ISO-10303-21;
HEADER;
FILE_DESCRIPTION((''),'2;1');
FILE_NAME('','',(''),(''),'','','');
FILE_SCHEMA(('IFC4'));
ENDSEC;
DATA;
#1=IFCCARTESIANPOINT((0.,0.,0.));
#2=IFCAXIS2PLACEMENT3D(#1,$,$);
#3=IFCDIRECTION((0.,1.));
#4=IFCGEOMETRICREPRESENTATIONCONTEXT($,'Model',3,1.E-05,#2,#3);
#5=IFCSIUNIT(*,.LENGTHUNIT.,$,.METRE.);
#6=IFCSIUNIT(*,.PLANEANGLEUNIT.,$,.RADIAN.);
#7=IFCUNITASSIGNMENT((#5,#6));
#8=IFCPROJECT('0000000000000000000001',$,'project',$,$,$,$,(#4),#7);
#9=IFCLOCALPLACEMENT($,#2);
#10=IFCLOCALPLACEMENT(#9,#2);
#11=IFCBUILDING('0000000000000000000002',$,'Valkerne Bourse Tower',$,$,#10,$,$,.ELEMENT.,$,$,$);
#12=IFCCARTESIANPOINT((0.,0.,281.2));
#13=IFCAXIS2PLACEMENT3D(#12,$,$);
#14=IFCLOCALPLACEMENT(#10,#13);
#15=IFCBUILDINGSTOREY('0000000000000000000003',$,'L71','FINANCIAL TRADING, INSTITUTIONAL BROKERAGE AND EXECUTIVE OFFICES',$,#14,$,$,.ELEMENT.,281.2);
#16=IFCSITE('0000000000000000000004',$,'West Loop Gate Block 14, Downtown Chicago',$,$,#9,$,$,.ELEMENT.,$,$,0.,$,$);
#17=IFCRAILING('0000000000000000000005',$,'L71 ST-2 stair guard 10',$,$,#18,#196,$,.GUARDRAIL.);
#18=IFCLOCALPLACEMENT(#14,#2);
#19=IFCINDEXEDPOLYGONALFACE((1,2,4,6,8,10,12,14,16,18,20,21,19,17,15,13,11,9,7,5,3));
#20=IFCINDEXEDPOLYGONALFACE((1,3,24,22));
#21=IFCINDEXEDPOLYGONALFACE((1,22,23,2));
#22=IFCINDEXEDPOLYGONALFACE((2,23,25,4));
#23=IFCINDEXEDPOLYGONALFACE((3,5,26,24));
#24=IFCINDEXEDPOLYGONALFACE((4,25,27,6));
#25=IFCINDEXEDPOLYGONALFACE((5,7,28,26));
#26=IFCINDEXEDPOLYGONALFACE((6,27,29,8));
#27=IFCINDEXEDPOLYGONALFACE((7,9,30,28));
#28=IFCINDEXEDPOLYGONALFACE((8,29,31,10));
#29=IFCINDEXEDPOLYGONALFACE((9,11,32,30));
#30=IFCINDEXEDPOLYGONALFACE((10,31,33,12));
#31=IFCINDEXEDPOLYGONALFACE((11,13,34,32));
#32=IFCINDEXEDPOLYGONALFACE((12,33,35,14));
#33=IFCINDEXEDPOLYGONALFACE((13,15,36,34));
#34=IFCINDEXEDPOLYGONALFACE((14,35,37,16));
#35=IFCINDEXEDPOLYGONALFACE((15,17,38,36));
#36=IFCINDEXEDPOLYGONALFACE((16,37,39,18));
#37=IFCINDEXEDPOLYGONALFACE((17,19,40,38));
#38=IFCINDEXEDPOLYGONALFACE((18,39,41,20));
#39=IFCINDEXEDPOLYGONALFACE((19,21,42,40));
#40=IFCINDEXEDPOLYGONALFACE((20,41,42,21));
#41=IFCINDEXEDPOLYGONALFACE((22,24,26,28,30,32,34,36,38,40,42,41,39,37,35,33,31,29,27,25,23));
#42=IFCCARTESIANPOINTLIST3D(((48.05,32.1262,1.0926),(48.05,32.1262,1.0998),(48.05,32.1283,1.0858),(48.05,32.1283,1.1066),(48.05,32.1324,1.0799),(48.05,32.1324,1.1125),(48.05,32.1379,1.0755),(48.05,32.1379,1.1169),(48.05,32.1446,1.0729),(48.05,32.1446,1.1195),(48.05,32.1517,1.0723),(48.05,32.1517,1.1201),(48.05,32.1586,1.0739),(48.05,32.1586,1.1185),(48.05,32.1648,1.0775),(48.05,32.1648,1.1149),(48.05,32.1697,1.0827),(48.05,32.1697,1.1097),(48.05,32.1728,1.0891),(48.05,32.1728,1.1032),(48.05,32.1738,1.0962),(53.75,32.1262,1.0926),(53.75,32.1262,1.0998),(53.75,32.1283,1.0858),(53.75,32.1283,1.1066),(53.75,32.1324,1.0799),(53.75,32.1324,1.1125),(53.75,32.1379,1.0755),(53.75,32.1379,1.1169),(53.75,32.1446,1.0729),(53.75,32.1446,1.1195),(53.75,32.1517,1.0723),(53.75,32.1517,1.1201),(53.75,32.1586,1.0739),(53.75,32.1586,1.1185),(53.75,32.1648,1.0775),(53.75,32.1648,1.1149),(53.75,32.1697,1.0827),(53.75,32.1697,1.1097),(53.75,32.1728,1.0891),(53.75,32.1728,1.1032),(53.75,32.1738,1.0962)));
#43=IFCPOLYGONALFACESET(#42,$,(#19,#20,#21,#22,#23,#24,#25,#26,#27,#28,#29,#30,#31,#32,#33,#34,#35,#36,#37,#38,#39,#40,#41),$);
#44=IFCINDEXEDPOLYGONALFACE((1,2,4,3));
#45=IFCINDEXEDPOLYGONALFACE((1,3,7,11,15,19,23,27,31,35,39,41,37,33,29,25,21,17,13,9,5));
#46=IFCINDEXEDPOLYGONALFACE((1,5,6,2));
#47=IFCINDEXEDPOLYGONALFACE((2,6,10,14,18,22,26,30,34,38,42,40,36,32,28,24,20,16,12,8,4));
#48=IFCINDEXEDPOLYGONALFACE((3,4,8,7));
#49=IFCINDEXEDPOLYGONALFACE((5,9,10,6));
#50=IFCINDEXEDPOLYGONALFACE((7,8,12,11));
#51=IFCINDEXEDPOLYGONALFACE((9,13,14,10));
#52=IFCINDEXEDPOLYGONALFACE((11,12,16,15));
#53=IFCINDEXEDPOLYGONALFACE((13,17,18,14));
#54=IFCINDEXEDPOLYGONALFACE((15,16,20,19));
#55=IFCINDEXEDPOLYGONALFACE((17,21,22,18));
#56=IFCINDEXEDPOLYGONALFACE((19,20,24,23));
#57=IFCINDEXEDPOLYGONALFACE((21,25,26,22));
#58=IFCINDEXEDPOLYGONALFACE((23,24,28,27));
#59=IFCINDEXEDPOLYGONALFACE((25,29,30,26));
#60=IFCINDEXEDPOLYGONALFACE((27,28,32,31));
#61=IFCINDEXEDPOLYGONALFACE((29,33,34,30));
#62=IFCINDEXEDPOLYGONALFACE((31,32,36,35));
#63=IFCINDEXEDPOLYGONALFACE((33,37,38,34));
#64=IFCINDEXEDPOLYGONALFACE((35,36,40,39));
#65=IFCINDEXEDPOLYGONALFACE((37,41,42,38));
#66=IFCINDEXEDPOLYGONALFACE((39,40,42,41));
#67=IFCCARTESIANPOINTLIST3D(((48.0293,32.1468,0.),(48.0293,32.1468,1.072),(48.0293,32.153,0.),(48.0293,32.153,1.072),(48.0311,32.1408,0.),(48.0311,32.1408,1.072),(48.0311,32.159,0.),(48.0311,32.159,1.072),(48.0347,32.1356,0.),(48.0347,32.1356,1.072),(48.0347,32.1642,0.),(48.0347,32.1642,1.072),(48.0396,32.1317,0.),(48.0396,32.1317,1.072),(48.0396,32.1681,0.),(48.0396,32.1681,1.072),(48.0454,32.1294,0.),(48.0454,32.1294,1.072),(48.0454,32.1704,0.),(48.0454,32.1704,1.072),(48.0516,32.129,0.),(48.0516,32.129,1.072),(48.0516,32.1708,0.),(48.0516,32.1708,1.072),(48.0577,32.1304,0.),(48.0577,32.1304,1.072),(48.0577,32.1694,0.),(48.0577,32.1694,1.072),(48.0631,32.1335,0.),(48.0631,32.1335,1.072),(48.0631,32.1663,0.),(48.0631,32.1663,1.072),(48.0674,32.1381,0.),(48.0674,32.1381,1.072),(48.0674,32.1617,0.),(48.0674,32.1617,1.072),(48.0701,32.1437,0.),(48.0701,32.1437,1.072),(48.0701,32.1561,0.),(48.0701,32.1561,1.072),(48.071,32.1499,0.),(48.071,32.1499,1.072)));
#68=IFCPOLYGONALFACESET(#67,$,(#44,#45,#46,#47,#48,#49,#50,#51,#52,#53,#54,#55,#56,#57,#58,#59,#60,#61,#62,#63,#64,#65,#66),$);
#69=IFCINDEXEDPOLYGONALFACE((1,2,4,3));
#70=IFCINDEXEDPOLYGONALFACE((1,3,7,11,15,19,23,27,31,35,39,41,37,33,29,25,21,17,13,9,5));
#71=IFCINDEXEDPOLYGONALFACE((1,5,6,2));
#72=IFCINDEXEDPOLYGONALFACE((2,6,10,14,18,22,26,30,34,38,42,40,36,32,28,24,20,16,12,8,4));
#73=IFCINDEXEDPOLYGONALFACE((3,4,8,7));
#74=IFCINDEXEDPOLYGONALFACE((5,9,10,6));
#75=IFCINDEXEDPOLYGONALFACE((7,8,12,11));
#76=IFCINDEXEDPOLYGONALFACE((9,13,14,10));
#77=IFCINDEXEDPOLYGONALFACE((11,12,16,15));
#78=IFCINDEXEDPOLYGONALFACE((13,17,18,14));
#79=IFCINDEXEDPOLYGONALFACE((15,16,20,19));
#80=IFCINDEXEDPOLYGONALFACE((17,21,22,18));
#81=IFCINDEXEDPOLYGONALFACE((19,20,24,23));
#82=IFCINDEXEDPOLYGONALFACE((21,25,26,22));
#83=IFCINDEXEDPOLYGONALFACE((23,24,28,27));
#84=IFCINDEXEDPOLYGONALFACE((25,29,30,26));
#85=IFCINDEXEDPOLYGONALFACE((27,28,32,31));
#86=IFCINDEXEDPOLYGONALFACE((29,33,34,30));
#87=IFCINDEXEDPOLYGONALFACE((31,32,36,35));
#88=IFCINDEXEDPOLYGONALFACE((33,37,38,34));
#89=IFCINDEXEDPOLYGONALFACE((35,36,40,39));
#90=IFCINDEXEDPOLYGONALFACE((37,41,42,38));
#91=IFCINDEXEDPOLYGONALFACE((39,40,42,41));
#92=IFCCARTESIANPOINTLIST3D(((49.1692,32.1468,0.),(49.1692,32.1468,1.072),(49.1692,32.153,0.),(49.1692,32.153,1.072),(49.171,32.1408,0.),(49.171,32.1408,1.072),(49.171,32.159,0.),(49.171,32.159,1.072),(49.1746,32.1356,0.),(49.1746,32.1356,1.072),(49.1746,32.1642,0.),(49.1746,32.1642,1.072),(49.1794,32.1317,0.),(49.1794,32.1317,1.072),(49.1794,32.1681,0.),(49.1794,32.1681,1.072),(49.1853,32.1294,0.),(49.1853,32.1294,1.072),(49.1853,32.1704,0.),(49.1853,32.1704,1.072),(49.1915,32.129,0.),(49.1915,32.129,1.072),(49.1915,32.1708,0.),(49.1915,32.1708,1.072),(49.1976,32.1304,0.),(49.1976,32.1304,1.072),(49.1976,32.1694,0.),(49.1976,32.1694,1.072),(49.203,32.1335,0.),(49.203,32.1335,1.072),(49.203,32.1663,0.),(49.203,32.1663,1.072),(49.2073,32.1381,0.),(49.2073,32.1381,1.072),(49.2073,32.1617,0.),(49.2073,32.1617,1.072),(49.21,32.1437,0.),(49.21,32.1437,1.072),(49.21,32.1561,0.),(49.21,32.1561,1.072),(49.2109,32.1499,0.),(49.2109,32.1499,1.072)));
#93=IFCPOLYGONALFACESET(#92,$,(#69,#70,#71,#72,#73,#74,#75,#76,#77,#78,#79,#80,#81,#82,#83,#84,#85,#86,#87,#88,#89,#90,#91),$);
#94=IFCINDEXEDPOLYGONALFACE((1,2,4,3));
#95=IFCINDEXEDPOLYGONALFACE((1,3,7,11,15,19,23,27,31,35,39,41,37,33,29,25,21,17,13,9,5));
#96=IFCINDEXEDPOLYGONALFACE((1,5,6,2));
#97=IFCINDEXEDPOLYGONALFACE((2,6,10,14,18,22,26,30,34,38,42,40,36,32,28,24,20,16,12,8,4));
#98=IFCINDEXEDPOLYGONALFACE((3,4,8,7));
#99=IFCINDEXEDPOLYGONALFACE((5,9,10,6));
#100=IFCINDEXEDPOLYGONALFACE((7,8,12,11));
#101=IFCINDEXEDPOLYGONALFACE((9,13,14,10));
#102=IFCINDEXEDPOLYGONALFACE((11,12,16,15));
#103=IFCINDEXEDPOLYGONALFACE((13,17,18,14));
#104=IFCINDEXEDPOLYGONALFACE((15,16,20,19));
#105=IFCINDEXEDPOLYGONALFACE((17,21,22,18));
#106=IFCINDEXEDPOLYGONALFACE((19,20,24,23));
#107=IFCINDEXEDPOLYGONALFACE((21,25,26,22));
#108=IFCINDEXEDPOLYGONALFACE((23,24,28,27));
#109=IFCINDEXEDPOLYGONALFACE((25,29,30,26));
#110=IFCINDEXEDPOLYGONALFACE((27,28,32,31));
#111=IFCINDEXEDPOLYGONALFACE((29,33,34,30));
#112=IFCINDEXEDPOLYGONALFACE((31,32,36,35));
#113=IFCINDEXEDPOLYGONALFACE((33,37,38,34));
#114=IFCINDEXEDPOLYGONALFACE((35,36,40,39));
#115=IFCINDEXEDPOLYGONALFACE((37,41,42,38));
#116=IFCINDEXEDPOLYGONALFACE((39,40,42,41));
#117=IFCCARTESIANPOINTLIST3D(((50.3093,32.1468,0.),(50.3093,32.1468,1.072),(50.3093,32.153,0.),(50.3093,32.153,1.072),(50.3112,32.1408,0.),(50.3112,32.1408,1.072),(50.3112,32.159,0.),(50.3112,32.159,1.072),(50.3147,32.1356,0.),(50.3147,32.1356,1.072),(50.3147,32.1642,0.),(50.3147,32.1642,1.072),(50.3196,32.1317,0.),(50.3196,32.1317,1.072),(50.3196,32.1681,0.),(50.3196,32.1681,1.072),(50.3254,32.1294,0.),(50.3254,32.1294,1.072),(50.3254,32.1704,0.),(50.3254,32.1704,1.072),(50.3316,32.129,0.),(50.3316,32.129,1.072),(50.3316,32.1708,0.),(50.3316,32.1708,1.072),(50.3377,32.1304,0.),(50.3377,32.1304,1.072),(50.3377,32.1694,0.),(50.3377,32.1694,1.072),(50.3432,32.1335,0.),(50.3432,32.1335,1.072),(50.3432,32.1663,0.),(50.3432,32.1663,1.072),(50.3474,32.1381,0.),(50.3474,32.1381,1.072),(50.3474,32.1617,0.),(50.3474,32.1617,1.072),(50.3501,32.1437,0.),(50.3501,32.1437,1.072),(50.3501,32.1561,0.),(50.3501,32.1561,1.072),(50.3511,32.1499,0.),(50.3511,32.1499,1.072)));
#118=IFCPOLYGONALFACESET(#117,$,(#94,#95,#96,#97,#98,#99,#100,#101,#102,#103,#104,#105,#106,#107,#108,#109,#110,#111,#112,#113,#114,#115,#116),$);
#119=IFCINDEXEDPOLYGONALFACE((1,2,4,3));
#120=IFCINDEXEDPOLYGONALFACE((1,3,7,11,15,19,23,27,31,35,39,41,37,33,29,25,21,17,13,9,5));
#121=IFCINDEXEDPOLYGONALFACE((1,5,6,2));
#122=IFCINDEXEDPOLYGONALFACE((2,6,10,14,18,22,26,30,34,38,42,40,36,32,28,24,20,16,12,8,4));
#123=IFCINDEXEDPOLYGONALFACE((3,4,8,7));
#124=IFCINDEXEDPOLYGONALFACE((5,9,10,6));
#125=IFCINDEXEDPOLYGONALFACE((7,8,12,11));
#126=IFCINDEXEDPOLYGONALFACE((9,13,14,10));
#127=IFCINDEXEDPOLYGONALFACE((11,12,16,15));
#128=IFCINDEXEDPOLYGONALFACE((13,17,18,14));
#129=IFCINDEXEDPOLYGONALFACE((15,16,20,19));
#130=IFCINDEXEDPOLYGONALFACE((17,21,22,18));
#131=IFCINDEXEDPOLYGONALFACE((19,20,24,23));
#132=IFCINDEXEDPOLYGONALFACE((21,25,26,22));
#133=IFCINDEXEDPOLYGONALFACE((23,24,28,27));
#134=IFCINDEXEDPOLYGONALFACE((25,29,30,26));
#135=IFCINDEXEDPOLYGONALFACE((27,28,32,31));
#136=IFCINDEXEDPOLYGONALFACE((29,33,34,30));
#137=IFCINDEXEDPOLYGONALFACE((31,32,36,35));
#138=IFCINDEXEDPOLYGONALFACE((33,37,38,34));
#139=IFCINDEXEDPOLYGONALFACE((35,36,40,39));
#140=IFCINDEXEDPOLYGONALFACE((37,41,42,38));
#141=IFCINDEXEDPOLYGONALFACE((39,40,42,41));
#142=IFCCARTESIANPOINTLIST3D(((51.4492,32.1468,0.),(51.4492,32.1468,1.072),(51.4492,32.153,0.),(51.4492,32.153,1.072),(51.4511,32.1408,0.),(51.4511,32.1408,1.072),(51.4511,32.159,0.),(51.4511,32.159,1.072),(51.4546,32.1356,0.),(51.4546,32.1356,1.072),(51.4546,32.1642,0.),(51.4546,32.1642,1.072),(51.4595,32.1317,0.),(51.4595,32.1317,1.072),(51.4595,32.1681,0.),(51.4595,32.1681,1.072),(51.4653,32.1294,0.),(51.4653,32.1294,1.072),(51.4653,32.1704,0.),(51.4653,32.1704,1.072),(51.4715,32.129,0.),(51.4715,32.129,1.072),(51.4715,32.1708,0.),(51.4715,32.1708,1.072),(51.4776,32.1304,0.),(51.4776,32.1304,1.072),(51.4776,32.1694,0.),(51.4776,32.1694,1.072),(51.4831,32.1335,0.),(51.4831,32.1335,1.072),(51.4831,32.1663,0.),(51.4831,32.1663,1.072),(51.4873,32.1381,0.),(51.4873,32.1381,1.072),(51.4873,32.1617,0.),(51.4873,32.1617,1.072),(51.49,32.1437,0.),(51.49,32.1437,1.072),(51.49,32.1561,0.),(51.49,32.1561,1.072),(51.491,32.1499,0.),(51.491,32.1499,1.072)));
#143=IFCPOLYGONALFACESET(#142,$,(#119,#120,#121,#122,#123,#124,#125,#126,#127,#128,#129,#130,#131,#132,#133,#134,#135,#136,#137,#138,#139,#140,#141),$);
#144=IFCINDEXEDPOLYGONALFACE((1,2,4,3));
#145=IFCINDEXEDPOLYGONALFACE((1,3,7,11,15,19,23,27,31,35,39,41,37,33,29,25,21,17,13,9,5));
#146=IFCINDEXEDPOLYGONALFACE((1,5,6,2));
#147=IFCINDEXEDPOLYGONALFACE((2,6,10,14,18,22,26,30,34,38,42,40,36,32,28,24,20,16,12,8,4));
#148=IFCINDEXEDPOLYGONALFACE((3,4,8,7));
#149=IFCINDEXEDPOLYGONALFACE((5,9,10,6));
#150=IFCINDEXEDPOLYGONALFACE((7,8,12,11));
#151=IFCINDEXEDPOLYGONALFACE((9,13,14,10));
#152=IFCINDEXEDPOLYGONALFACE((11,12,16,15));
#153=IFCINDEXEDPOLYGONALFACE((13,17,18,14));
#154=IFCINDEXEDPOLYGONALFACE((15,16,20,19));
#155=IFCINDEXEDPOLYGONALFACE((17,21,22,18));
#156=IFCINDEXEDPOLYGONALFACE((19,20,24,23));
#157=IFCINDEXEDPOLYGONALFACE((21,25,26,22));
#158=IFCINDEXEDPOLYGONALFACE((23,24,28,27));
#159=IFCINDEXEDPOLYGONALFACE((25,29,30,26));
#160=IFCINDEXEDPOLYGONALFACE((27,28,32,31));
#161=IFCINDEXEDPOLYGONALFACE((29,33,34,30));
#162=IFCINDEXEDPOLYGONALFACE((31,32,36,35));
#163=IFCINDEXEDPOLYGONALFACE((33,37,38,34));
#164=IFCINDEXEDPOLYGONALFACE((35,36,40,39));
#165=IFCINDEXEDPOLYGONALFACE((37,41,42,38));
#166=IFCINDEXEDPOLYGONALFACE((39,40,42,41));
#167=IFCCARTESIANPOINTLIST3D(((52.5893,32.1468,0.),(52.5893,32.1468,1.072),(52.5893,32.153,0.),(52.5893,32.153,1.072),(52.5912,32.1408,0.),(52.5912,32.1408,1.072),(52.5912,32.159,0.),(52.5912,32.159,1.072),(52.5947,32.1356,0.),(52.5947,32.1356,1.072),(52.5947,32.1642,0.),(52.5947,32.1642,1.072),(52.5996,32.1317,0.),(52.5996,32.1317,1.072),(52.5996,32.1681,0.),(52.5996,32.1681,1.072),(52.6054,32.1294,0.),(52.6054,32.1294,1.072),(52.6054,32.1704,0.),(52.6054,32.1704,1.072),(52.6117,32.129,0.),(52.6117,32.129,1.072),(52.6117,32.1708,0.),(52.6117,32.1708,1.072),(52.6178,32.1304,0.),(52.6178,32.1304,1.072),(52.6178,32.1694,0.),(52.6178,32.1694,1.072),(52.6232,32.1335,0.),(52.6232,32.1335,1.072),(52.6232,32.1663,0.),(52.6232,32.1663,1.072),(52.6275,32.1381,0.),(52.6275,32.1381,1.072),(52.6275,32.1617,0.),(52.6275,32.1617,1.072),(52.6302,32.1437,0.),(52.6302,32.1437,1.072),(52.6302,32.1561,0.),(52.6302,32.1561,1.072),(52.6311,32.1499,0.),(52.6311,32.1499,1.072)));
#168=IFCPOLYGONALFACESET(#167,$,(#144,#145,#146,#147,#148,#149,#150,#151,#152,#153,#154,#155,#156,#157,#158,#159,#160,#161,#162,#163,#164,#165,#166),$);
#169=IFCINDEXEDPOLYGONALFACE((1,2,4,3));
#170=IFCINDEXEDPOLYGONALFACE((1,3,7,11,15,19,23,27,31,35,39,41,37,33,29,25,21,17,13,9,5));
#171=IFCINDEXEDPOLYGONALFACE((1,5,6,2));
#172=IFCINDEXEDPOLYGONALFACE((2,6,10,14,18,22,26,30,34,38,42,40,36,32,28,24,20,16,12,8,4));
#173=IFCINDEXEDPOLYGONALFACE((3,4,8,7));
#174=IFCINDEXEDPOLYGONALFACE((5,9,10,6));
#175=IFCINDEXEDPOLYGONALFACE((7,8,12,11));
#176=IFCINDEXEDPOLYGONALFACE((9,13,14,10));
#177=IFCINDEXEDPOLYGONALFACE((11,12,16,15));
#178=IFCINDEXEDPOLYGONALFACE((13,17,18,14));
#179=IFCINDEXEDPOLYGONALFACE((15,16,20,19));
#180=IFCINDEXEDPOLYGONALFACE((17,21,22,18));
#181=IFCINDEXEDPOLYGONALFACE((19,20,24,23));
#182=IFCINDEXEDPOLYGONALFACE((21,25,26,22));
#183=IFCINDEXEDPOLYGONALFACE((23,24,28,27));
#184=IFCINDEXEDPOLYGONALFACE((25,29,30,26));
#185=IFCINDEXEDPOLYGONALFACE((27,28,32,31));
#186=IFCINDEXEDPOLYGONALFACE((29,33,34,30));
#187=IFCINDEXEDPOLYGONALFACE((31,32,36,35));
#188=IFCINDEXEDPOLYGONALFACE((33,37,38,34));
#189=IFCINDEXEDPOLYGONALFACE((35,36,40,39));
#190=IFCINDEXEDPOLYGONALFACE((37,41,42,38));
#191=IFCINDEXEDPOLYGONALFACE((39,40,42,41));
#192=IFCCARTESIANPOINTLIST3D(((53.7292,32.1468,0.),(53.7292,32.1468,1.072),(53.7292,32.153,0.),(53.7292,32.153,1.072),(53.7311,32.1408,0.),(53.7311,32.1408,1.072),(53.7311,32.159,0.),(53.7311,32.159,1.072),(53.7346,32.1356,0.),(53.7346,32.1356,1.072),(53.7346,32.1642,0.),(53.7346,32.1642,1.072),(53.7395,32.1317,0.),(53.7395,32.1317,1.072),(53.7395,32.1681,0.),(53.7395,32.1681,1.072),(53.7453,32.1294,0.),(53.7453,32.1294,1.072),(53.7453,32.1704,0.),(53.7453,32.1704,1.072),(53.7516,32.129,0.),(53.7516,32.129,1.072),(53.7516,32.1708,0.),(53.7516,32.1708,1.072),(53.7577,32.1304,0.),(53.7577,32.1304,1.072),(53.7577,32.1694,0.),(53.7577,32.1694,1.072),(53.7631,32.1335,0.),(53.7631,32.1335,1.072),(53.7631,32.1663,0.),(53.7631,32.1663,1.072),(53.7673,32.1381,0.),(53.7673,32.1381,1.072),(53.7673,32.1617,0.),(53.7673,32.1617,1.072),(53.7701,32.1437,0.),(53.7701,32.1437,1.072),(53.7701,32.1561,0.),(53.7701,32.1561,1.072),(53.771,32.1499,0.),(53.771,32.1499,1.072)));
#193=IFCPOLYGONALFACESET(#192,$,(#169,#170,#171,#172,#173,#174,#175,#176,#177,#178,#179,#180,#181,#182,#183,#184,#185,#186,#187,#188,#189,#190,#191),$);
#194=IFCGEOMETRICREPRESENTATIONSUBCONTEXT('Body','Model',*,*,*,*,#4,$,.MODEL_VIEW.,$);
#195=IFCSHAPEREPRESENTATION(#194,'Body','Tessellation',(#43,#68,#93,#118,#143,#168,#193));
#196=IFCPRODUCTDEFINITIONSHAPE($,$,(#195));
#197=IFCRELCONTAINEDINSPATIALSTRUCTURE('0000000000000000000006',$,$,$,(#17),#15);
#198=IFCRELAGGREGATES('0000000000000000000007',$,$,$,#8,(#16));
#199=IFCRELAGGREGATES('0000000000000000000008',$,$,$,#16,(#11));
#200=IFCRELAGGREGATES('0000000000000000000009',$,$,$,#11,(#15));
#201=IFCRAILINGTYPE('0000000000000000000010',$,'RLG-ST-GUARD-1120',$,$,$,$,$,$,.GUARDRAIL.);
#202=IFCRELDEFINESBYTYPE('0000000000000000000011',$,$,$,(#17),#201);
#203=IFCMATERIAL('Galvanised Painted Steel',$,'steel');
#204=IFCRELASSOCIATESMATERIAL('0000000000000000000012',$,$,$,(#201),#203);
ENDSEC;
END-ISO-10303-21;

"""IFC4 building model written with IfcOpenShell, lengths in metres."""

from ifc_helpers import new_model, si_unit, direction, frame, origin, origin_2d, place, context, subcontext, project, spatial, circle, extrude, material, type_object, element, save


model = new_model("IFC4")

# Units and contexts
model_context = context("Model", 3, precision=1e-05, world=origin(), true_north=direction((0.0, 1.0)))
body_context = subcontext(model_context, "Body", "Model", "MODEL_VIEW")
ifc_project = project(units=[si_unit("LENGTHUNIT", "METRE"), si_unit("PLANEANGLEUNIT", "RADIAN")], contexts=[model_context])

# Site, building, storey
site_placement = place(None, origin())
site = spatial("IfcSite", under=ifc_project, at=site_placement, Name="West Loop Gate Block 14, Downtown Chicago", CompositionType="ELEMENT", RefElevation=0.0)
building_placement = place(site_placement, origin())
building = spatial("IfcBuilding", under=site, at=building_placement, Name="Valkerne Bourse Tower", CompositionType="ELEMENT")
storey_placement = place(building_placement, frame((0.0, 0.0, 281.2)))
storey = spatial("IfcBuildingStorey", under=building, at=storey_placement, Name="L71", Description="FINANCIAL TRADING, INSTITUTIONAL BROKERAGE AND EXECUTIVE OFFICES", CompositionType="ELEMENT", Elevation=281.2)

# Shared definitions
ifc_material_1 = material(Name="Galvanised Painted Steel", Category="steel")

# Railing
railing_type_1 = type_object("IfcRailingType", Name="RLG-ST-GUARD-1120", PredefinedType="GUARDRAIL", material=ifc_material_1)
for number, where, name in (
    (1, (48.05, 32.1499, 0.0), "L71 ST-2 stair guard 10"),
):
    element("IfcRailing", number, at=place(storey_placement, frame(where)), inside=storey, type_object=railing_type_1, Name=name, PredefinedType="GUARDRAIL", context=body_context, shape_type="SweptSolid", body=[
        extrude(circle(Radius=0.0239, at=origin_2d()), frame((0.0, 0.0, 1.0962), z_axis=(1.0, 0.0, 0.0), x_axis=(0.0, 1.0, 0.0)), (0.0, 0.0, 1.0), 5.7),
        extrude(circle(Radius=0.021, at=origin_2d()), origin(), (0.0, 0.0, 1.0), 1.072),
        extrude(circle(Radius=0.021, at=origin_2d()), frame((1.1399, 0.0, 0.0)), (0.0, 0.0, 1.0), 1.072),
        extrude(circle(Radius=0.021, at=origin_2d()), frame((2.28, 0.0, 0.0)), (0.0, 0.0, 1.0), 1.072),
        extrude(circle(Radius=0.021, at=origin_2d()), frame((3.4199, 0.0, 0.0)), (0.0, 0.0, 1.0), 1.072),
        extrude(circle(Radius=0.021, at=origin_2d()), frame((4.5601, 0.0, 0.0)), (0.0, 0.0, 1.0), 1.072),
        extrude(circle(Radius=0.021, at=origin_2d()), frame((5.7, 0.0, 0.0)), (0.0, 0.0, 1.0), 1.072),
    ])

save(model, "model.ifc")
